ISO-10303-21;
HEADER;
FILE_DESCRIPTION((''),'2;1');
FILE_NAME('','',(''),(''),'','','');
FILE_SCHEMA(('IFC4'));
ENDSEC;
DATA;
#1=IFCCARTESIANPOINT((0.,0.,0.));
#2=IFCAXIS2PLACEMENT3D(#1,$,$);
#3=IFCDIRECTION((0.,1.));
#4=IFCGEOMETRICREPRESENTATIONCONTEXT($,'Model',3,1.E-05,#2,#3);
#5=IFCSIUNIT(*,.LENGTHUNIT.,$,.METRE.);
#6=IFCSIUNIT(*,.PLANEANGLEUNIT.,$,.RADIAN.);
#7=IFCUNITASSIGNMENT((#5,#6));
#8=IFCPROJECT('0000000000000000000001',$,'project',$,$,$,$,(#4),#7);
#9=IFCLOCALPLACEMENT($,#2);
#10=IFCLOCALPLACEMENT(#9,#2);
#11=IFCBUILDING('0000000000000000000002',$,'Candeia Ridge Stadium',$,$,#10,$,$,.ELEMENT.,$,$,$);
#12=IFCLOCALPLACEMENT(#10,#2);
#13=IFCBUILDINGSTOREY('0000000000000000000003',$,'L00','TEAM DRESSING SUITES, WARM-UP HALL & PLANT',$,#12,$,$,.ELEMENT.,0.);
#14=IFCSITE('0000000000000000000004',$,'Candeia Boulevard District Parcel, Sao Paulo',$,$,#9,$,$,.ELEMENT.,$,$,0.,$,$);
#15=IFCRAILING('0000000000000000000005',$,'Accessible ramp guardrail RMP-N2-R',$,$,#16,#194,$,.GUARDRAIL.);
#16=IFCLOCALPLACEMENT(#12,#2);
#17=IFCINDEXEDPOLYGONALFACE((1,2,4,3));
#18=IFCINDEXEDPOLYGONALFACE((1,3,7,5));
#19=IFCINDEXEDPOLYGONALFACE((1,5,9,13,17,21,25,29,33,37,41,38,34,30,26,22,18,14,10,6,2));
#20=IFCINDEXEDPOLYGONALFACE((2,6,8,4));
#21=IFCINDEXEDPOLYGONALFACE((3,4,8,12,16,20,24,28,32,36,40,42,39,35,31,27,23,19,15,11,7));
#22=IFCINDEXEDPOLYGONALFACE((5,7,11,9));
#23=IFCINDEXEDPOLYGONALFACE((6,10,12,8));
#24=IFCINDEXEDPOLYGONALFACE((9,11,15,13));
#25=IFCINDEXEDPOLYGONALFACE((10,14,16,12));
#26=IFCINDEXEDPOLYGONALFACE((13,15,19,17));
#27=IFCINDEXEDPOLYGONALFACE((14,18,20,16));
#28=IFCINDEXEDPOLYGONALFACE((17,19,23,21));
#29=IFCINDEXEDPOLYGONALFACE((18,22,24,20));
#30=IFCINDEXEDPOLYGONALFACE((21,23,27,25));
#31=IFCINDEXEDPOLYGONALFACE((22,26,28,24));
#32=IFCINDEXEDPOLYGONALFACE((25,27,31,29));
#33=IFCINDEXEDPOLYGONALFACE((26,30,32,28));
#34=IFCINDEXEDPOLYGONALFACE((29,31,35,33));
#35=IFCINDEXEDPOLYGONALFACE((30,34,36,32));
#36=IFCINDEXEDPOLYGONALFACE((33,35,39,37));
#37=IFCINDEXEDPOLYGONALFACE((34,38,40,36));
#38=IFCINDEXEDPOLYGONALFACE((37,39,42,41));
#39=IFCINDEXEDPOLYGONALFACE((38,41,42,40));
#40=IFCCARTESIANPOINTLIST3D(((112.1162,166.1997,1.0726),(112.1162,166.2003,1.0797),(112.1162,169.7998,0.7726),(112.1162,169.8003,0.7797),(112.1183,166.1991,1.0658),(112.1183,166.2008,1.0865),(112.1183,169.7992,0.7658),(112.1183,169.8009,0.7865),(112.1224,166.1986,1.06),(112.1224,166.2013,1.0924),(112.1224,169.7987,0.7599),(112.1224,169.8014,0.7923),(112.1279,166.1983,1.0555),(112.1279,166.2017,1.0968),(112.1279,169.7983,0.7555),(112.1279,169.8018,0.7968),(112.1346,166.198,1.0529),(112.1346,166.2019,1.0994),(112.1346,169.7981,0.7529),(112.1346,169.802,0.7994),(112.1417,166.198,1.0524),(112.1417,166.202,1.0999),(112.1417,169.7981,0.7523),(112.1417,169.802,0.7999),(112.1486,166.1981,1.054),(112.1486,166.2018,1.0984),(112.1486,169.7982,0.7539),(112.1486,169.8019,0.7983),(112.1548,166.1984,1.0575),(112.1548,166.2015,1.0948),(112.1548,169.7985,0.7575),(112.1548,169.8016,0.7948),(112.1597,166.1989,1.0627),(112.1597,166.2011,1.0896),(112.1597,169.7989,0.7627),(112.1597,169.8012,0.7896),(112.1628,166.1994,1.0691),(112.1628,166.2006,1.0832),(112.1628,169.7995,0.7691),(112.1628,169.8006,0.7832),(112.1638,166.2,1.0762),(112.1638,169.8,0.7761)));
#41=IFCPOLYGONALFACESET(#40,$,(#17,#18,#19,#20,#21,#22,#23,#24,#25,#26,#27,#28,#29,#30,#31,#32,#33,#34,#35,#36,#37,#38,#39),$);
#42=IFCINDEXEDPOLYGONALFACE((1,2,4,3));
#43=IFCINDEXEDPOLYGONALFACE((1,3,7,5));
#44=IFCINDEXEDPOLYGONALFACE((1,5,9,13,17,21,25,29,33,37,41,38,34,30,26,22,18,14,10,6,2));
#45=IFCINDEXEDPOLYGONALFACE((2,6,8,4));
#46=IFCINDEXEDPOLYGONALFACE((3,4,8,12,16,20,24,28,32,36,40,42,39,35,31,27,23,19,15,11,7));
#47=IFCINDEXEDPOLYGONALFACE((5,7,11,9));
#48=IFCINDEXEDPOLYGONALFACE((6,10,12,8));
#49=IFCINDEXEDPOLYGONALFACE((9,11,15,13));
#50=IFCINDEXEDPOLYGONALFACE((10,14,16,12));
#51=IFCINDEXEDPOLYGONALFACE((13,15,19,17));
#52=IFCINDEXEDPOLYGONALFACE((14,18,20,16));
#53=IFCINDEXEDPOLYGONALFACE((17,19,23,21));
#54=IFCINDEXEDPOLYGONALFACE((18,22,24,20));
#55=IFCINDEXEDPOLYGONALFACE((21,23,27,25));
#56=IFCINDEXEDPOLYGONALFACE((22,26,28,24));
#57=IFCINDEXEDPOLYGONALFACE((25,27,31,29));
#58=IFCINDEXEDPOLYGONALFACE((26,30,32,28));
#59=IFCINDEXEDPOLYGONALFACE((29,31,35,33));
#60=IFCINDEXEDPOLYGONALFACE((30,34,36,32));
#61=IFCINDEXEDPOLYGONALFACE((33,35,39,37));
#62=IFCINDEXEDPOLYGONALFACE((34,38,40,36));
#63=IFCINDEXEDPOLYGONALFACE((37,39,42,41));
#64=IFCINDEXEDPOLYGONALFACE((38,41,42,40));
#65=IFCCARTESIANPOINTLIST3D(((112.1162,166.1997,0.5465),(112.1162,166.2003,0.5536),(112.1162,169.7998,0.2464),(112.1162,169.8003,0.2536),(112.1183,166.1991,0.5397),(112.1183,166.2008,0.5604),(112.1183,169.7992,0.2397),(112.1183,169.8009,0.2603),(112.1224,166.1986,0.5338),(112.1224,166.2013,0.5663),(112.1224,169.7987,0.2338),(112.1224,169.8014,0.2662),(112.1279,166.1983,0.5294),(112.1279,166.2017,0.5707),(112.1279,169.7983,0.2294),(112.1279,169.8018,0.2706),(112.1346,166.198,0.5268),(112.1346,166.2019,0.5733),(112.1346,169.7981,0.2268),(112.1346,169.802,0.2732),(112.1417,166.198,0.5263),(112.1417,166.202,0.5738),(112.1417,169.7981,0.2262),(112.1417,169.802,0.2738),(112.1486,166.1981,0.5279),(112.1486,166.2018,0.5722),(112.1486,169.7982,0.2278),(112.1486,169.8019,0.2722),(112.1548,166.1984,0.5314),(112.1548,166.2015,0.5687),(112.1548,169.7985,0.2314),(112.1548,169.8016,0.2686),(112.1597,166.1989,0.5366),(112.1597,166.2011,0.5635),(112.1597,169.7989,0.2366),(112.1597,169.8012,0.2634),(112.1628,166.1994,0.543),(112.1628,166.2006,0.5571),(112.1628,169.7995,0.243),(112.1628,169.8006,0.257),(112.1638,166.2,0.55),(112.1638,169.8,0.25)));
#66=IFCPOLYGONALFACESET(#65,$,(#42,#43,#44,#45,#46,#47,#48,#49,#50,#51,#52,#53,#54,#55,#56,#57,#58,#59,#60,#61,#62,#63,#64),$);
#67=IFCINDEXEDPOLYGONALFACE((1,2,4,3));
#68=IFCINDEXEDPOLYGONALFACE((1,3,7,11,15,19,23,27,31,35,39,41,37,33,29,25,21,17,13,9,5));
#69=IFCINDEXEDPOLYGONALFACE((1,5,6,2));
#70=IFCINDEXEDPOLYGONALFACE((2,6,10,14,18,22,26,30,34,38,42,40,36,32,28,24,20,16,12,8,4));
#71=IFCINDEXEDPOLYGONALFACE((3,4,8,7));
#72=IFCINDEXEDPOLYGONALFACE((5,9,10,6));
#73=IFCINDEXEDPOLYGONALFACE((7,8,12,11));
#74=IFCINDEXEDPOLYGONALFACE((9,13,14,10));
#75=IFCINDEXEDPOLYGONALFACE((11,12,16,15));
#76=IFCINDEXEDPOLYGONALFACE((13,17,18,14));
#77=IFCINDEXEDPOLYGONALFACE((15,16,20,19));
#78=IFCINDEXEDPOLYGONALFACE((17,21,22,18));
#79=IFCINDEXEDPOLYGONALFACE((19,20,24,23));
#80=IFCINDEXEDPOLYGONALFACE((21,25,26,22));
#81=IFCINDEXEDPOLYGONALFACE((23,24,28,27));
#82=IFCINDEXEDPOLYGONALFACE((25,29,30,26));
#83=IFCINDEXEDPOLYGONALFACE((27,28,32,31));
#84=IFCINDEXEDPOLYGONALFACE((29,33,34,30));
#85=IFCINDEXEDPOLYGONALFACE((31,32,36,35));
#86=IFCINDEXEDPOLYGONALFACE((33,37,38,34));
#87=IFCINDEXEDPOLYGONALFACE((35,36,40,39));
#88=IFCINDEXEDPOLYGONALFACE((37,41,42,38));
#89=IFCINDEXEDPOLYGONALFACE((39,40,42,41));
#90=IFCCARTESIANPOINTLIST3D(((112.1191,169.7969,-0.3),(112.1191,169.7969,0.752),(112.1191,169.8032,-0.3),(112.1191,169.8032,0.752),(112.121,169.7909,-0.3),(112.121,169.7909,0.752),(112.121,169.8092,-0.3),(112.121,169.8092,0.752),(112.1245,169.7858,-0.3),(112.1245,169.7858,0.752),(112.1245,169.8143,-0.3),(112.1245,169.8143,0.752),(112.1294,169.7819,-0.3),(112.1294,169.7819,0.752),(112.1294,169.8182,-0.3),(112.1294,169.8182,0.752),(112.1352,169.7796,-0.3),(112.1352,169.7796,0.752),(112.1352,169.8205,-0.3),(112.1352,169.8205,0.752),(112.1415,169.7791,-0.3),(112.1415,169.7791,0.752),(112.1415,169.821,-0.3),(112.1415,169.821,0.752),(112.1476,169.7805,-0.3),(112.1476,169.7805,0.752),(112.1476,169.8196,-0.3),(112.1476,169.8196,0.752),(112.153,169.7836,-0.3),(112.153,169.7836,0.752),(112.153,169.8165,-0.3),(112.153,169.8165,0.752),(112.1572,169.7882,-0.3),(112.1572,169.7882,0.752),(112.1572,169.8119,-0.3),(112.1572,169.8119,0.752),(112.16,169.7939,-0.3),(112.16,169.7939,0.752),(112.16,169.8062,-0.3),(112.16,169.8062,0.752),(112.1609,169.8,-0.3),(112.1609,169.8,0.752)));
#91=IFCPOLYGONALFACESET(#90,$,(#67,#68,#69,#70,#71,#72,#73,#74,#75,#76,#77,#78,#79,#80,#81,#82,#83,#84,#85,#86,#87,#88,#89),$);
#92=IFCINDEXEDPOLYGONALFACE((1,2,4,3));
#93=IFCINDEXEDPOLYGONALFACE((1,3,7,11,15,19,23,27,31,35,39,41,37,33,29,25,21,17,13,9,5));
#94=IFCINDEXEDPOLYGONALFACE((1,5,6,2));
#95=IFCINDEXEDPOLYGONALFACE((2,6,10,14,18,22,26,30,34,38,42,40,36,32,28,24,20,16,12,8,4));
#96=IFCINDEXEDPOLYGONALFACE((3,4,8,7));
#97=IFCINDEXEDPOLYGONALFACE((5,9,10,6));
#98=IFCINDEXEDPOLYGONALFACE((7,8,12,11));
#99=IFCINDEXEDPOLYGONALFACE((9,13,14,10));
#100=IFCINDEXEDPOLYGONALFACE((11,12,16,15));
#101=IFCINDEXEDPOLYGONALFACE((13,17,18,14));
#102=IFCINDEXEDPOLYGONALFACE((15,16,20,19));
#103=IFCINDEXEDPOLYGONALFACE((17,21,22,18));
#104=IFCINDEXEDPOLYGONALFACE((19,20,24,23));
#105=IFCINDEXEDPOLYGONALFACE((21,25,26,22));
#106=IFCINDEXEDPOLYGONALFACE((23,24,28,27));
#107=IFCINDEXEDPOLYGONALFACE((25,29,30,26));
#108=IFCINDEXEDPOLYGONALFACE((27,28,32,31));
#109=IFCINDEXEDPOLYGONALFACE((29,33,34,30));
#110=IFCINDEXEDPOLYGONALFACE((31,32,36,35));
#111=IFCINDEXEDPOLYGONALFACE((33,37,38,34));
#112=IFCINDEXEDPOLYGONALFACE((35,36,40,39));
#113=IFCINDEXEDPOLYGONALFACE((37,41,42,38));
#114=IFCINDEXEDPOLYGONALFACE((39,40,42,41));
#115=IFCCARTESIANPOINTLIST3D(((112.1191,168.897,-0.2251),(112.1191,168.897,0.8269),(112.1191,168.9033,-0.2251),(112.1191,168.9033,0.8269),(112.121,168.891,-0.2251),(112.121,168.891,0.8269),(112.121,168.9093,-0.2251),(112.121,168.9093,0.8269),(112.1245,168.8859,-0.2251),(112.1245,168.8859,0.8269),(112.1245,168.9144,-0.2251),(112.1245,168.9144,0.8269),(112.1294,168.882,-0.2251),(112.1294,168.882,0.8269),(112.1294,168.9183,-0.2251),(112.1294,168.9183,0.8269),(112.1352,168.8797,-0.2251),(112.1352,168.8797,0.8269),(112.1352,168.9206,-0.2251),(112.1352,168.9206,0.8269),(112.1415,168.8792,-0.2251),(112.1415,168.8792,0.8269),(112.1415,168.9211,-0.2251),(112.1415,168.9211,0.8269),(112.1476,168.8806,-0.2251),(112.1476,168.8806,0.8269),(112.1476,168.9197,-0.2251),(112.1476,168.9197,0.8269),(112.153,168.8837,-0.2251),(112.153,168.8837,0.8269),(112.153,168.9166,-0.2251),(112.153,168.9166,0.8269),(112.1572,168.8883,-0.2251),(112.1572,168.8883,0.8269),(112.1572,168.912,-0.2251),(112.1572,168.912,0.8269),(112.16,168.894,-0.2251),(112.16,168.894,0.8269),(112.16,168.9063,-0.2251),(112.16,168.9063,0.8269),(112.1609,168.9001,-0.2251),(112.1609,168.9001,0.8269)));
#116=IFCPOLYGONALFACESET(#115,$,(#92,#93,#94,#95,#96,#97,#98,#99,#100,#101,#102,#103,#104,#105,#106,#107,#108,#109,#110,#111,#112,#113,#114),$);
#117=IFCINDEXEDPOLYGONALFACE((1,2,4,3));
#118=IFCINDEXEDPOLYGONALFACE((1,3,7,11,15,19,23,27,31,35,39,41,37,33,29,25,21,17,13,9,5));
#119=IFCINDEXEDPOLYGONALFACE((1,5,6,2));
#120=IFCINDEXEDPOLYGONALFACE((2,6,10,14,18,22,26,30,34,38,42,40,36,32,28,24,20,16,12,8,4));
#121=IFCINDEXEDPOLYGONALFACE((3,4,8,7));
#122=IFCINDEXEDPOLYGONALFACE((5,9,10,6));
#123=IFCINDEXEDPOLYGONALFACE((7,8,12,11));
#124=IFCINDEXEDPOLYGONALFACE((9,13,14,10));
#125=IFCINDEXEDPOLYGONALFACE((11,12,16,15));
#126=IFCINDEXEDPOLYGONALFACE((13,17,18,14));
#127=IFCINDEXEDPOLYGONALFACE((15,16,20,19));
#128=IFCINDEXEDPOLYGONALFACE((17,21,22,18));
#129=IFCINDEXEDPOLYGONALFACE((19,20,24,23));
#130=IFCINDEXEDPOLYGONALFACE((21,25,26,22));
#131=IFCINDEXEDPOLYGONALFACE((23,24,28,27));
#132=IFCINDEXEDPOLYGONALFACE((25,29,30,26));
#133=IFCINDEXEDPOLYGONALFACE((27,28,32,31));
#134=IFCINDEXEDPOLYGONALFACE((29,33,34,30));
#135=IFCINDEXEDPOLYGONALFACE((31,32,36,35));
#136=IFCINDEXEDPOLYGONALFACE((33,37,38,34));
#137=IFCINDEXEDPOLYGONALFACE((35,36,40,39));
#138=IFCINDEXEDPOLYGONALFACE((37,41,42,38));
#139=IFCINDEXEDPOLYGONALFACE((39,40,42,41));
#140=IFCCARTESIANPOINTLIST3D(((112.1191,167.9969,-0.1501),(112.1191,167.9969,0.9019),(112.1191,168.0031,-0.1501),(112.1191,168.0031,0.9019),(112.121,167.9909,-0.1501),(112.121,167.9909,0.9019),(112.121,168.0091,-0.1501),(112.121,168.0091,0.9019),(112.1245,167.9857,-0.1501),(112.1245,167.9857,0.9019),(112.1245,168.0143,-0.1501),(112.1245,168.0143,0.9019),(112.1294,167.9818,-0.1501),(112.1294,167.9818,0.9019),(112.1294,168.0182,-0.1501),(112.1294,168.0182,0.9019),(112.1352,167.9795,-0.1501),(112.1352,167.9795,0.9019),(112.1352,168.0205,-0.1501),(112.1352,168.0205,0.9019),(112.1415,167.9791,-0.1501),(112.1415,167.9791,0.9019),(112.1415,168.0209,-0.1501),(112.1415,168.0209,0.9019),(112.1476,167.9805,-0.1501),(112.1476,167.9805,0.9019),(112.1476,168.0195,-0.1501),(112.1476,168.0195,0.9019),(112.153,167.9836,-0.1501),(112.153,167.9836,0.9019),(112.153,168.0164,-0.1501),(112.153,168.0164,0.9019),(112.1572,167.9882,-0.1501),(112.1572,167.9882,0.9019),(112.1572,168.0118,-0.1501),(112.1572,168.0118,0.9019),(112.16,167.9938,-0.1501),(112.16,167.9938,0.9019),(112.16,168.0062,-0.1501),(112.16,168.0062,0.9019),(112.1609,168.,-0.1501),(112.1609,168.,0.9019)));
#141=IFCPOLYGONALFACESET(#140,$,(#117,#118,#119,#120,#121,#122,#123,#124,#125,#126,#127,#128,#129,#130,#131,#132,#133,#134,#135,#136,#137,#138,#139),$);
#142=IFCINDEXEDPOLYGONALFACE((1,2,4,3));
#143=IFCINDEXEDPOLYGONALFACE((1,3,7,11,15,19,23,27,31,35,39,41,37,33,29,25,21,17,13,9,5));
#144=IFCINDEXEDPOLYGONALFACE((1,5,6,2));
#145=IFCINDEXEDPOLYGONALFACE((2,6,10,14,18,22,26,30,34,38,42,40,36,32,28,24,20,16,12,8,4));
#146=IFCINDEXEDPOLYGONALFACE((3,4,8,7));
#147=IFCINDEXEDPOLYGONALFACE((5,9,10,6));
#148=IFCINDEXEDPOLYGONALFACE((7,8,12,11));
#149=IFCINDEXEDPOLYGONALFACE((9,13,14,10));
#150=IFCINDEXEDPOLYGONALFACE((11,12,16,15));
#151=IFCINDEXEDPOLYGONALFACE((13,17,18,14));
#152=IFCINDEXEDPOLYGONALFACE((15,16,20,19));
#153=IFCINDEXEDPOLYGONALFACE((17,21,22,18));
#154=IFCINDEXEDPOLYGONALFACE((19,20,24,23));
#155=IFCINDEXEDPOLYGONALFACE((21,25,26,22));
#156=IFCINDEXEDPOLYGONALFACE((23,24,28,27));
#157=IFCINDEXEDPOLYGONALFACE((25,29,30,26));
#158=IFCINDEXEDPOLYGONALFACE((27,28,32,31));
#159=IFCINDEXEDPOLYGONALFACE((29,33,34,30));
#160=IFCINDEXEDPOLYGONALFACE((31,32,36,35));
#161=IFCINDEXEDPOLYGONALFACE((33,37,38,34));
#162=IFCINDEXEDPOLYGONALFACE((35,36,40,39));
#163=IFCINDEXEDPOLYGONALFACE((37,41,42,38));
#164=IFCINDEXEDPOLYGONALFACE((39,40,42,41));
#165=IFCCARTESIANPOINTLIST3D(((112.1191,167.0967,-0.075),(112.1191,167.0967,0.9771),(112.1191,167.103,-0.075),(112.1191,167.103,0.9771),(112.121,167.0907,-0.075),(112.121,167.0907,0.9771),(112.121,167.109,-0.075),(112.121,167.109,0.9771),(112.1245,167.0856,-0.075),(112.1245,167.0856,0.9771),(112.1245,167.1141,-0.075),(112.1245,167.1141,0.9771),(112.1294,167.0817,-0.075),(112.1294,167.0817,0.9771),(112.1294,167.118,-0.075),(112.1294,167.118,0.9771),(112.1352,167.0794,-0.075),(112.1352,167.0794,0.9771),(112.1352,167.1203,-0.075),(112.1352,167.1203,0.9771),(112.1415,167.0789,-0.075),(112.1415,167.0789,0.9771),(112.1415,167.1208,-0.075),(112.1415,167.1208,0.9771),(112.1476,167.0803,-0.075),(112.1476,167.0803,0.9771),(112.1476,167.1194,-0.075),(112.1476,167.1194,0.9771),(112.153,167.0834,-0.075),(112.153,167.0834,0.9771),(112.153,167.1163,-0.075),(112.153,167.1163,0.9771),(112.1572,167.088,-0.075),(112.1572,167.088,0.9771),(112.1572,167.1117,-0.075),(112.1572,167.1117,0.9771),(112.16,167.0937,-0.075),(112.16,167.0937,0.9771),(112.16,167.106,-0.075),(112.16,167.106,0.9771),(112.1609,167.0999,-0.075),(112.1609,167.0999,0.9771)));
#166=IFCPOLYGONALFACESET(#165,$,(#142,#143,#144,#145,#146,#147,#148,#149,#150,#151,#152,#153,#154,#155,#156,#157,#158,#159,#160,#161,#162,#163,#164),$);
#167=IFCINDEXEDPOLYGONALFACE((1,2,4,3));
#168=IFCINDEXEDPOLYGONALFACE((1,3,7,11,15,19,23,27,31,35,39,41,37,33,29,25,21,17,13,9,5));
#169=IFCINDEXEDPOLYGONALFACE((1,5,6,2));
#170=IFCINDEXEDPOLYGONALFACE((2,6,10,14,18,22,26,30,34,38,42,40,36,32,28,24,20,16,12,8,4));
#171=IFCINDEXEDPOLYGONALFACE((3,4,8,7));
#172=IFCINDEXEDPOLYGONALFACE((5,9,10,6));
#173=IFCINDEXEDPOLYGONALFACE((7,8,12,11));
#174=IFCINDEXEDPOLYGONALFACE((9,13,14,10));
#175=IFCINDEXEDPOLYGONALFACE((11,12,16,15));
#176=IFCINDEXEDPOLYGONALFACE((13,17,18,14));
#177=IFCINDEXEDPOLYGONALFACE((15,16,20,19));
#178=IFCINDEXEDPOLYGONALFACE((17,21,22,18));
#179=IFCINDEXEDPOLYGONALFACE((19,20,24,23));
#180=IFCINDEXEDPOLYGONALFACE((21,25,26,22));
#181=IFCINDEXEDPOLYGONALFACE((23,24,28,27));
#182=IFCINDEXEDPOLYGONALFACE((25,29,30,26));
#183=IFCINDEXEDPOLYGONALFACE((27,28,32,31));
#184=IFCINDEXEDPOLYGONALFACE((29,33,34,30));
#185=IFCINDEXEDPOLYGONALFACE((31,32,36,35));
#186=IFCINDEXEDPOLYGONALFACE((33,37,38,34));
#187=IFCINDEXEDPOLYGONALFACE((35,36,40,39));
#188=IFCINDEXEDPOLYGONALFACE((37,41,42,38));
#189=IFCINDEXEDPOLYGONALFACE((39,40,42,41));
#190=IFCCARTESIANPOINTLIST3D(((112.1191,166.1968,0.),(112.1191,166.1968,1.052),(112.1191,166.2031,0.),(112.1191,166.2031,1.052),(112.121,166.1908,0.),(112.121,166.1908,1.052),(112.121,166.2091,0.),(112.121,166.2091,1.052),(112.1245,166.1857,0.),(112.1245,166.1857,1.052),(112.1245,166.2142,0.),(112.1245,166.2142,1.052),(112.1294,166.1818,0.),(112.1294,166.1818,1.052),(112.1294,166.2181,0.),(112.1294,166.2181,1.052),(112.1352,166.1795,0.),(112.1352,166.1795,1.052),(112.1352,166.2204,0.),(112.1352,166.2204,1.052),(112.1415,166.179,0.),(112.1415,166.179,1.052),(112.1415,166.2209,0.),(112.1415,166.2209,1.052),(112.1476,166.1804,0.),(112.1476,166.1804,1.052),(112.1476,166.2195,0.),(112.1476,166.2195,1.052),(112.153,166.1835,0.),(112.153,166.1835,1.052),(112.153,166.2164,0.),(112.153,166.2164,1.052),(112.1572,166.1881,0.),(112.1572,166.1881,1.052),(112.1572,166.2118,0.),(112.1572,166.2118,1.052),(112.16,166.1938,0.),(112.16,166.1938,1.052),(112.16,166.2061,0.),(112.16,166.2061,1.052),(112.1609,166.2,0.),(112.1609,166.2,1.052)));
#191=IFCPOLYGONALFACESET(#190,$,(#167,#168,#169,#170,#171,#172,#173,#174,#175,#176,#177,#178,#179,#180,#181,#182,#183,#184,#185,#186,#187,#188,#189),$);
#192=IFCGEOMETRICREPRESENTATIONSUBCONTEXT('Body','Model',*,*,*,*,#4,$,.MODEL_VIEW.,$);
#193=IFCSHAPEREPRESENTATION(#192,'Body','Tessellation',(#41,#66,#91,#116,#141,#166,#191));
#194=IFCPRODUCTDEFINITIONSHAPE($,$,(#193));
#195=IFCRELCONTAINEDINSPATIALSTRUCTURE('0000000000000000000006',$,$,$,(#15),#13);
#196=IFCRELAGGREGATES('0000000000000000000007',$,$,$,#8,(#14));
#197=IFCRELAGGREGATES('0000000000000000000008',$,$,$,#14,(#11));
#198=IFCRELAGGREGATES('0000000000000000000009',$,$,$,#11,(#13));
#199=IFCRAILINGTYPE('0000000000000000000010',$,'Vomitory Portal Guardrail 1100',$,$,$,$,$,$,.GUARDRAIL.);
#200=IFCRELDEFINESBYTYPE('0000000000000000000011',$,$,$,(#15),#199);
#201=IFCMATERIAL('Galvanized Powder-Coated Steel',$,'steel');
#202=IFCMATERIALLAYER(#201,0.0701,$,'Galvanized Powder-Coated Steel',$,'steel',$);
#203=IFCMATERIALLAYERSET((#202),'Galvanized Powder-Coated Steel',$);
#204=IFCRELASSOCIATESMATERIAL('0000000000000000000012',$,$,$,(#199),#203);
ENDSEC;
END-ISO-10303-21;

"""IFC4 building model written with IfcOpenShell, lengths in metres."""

from ifc_helpers import new_model, si_unit, direction, frame, origin, origin_2d, place, context, subcontext, project, spatial, circle, extrude, material, layer, layer_set, type_object, element, save


model = new_model("IFC4")

# Units and contexts
model_context = context("Model", 3, precision=1e-05, world=origin(), true_north=direction((0.0, 1.0)))
body_context = subcontext(model_context, "Body", "Model", "MODEL_VIEW")
ifc_project = project(units=[si_unit("LENGTHUNIT", "METRE"), si_unit("PLANEANGLEUNIT", "RADIAN")], contexts=[model_context])

# Site, building, storey
site_placement = place(None, origin())
site = spatial("IfcSite", under=ifc_project, at=site_placement, Name="Candeia Boulevard District Parcel, Sao Paulo", CompositionType="ELEMENT", RefElevation=0.0)
building_placement = place(site_placement, origin())
building = spatial("IfcBuilding", under=site, at=building_placement, Name="Candeia Ridge Stadium", CompositionType="ELEMENT")
storey_placement = place(building_placement, origin())
storey = spatial("IfcBuildingStorey", under=building, at=storey_placement, Name="L00", Description="TEAM DRESSING SUITES, WARM-UP HALL & PLANT", CompositionType="ELEMENT", Elevation=0.0)

# Railing
ifc_material_1 = material(Name="Galvanized Powder-Coated Steel", Category="steel")
ifc_layer_1 = layer(ifc_material_1, 0.0701, Name="Galvanized Powder-Coated Steel", Category="steel")
ifc_layer_set_1 = layer_set([ifc_layer_1], Name="Galvanized Powder-Coated Steel")
railing_type_1 = type_object("IfcRailingType", Name="Vomitory Portal Guardrail 1100", PredefinedType="GUARDRAIL", material=ifc_layer_set_1)
for number, where, name in (
    (1, (112.1399, 169.8, -0.3), "Accessible ramp guardrail RMP-N2-R"),
):
    element("IfcRailing", number, at=place(storey_placement, frame(where)), inside=storey, type_object=railing_type_1, Name=name, PredefinedType="GUARDRAIL", context=body_context, shape_type="SweptSolid", body=[
        extrude(circle(Radius=0.0239, at=origin_2d()), frame((0.0, 0.0, 1.0762), z_axis=(0.0, -0.996545, 0.083057), x_axis=(1.0, 0.0, 0.0)), (0.0, 0.0, 1.0), 3.6125),
        extrude(circle(Radius=0.0239, at=origin_2d()), frame((0.0, 0.0, 0.55), z_axis=(0.0, -0.996545, 0.083057), x_axis=(1.0, 0.0, 0.0)), (0.0, 0.0, 1.0), 3.6125),
        extrude(circle(Radius=0.021, at=origin_2d()), origin(), (0.0, 0.0, 1.0), 1.052),
        extrude(circle(Radius=0.021, at=origin_2d()), frame((0.0, -0.8999, 0.075)), (0.0, 0.0, 1.0), 1.052),
        extrude(circle(Radius=0.021, at=origin_2d()), frame((0.0, -1.8, 0.1499)), (0.0, 0.0, 1.0), 1.052),
        extrude(circle(Radius=0.021, at=origin_2d()), frame((0.0, -2.7002, 0.2251)), (0.0, 0.0, 1.0), 1.052),
        extrude(circle(Radius=0.021, at=origin_2d()), frame((0.0, -3.6001, 0.3)), (0.0, 0.0, 1.0), 1.052),
    ])

save(model, "model.ifc")
